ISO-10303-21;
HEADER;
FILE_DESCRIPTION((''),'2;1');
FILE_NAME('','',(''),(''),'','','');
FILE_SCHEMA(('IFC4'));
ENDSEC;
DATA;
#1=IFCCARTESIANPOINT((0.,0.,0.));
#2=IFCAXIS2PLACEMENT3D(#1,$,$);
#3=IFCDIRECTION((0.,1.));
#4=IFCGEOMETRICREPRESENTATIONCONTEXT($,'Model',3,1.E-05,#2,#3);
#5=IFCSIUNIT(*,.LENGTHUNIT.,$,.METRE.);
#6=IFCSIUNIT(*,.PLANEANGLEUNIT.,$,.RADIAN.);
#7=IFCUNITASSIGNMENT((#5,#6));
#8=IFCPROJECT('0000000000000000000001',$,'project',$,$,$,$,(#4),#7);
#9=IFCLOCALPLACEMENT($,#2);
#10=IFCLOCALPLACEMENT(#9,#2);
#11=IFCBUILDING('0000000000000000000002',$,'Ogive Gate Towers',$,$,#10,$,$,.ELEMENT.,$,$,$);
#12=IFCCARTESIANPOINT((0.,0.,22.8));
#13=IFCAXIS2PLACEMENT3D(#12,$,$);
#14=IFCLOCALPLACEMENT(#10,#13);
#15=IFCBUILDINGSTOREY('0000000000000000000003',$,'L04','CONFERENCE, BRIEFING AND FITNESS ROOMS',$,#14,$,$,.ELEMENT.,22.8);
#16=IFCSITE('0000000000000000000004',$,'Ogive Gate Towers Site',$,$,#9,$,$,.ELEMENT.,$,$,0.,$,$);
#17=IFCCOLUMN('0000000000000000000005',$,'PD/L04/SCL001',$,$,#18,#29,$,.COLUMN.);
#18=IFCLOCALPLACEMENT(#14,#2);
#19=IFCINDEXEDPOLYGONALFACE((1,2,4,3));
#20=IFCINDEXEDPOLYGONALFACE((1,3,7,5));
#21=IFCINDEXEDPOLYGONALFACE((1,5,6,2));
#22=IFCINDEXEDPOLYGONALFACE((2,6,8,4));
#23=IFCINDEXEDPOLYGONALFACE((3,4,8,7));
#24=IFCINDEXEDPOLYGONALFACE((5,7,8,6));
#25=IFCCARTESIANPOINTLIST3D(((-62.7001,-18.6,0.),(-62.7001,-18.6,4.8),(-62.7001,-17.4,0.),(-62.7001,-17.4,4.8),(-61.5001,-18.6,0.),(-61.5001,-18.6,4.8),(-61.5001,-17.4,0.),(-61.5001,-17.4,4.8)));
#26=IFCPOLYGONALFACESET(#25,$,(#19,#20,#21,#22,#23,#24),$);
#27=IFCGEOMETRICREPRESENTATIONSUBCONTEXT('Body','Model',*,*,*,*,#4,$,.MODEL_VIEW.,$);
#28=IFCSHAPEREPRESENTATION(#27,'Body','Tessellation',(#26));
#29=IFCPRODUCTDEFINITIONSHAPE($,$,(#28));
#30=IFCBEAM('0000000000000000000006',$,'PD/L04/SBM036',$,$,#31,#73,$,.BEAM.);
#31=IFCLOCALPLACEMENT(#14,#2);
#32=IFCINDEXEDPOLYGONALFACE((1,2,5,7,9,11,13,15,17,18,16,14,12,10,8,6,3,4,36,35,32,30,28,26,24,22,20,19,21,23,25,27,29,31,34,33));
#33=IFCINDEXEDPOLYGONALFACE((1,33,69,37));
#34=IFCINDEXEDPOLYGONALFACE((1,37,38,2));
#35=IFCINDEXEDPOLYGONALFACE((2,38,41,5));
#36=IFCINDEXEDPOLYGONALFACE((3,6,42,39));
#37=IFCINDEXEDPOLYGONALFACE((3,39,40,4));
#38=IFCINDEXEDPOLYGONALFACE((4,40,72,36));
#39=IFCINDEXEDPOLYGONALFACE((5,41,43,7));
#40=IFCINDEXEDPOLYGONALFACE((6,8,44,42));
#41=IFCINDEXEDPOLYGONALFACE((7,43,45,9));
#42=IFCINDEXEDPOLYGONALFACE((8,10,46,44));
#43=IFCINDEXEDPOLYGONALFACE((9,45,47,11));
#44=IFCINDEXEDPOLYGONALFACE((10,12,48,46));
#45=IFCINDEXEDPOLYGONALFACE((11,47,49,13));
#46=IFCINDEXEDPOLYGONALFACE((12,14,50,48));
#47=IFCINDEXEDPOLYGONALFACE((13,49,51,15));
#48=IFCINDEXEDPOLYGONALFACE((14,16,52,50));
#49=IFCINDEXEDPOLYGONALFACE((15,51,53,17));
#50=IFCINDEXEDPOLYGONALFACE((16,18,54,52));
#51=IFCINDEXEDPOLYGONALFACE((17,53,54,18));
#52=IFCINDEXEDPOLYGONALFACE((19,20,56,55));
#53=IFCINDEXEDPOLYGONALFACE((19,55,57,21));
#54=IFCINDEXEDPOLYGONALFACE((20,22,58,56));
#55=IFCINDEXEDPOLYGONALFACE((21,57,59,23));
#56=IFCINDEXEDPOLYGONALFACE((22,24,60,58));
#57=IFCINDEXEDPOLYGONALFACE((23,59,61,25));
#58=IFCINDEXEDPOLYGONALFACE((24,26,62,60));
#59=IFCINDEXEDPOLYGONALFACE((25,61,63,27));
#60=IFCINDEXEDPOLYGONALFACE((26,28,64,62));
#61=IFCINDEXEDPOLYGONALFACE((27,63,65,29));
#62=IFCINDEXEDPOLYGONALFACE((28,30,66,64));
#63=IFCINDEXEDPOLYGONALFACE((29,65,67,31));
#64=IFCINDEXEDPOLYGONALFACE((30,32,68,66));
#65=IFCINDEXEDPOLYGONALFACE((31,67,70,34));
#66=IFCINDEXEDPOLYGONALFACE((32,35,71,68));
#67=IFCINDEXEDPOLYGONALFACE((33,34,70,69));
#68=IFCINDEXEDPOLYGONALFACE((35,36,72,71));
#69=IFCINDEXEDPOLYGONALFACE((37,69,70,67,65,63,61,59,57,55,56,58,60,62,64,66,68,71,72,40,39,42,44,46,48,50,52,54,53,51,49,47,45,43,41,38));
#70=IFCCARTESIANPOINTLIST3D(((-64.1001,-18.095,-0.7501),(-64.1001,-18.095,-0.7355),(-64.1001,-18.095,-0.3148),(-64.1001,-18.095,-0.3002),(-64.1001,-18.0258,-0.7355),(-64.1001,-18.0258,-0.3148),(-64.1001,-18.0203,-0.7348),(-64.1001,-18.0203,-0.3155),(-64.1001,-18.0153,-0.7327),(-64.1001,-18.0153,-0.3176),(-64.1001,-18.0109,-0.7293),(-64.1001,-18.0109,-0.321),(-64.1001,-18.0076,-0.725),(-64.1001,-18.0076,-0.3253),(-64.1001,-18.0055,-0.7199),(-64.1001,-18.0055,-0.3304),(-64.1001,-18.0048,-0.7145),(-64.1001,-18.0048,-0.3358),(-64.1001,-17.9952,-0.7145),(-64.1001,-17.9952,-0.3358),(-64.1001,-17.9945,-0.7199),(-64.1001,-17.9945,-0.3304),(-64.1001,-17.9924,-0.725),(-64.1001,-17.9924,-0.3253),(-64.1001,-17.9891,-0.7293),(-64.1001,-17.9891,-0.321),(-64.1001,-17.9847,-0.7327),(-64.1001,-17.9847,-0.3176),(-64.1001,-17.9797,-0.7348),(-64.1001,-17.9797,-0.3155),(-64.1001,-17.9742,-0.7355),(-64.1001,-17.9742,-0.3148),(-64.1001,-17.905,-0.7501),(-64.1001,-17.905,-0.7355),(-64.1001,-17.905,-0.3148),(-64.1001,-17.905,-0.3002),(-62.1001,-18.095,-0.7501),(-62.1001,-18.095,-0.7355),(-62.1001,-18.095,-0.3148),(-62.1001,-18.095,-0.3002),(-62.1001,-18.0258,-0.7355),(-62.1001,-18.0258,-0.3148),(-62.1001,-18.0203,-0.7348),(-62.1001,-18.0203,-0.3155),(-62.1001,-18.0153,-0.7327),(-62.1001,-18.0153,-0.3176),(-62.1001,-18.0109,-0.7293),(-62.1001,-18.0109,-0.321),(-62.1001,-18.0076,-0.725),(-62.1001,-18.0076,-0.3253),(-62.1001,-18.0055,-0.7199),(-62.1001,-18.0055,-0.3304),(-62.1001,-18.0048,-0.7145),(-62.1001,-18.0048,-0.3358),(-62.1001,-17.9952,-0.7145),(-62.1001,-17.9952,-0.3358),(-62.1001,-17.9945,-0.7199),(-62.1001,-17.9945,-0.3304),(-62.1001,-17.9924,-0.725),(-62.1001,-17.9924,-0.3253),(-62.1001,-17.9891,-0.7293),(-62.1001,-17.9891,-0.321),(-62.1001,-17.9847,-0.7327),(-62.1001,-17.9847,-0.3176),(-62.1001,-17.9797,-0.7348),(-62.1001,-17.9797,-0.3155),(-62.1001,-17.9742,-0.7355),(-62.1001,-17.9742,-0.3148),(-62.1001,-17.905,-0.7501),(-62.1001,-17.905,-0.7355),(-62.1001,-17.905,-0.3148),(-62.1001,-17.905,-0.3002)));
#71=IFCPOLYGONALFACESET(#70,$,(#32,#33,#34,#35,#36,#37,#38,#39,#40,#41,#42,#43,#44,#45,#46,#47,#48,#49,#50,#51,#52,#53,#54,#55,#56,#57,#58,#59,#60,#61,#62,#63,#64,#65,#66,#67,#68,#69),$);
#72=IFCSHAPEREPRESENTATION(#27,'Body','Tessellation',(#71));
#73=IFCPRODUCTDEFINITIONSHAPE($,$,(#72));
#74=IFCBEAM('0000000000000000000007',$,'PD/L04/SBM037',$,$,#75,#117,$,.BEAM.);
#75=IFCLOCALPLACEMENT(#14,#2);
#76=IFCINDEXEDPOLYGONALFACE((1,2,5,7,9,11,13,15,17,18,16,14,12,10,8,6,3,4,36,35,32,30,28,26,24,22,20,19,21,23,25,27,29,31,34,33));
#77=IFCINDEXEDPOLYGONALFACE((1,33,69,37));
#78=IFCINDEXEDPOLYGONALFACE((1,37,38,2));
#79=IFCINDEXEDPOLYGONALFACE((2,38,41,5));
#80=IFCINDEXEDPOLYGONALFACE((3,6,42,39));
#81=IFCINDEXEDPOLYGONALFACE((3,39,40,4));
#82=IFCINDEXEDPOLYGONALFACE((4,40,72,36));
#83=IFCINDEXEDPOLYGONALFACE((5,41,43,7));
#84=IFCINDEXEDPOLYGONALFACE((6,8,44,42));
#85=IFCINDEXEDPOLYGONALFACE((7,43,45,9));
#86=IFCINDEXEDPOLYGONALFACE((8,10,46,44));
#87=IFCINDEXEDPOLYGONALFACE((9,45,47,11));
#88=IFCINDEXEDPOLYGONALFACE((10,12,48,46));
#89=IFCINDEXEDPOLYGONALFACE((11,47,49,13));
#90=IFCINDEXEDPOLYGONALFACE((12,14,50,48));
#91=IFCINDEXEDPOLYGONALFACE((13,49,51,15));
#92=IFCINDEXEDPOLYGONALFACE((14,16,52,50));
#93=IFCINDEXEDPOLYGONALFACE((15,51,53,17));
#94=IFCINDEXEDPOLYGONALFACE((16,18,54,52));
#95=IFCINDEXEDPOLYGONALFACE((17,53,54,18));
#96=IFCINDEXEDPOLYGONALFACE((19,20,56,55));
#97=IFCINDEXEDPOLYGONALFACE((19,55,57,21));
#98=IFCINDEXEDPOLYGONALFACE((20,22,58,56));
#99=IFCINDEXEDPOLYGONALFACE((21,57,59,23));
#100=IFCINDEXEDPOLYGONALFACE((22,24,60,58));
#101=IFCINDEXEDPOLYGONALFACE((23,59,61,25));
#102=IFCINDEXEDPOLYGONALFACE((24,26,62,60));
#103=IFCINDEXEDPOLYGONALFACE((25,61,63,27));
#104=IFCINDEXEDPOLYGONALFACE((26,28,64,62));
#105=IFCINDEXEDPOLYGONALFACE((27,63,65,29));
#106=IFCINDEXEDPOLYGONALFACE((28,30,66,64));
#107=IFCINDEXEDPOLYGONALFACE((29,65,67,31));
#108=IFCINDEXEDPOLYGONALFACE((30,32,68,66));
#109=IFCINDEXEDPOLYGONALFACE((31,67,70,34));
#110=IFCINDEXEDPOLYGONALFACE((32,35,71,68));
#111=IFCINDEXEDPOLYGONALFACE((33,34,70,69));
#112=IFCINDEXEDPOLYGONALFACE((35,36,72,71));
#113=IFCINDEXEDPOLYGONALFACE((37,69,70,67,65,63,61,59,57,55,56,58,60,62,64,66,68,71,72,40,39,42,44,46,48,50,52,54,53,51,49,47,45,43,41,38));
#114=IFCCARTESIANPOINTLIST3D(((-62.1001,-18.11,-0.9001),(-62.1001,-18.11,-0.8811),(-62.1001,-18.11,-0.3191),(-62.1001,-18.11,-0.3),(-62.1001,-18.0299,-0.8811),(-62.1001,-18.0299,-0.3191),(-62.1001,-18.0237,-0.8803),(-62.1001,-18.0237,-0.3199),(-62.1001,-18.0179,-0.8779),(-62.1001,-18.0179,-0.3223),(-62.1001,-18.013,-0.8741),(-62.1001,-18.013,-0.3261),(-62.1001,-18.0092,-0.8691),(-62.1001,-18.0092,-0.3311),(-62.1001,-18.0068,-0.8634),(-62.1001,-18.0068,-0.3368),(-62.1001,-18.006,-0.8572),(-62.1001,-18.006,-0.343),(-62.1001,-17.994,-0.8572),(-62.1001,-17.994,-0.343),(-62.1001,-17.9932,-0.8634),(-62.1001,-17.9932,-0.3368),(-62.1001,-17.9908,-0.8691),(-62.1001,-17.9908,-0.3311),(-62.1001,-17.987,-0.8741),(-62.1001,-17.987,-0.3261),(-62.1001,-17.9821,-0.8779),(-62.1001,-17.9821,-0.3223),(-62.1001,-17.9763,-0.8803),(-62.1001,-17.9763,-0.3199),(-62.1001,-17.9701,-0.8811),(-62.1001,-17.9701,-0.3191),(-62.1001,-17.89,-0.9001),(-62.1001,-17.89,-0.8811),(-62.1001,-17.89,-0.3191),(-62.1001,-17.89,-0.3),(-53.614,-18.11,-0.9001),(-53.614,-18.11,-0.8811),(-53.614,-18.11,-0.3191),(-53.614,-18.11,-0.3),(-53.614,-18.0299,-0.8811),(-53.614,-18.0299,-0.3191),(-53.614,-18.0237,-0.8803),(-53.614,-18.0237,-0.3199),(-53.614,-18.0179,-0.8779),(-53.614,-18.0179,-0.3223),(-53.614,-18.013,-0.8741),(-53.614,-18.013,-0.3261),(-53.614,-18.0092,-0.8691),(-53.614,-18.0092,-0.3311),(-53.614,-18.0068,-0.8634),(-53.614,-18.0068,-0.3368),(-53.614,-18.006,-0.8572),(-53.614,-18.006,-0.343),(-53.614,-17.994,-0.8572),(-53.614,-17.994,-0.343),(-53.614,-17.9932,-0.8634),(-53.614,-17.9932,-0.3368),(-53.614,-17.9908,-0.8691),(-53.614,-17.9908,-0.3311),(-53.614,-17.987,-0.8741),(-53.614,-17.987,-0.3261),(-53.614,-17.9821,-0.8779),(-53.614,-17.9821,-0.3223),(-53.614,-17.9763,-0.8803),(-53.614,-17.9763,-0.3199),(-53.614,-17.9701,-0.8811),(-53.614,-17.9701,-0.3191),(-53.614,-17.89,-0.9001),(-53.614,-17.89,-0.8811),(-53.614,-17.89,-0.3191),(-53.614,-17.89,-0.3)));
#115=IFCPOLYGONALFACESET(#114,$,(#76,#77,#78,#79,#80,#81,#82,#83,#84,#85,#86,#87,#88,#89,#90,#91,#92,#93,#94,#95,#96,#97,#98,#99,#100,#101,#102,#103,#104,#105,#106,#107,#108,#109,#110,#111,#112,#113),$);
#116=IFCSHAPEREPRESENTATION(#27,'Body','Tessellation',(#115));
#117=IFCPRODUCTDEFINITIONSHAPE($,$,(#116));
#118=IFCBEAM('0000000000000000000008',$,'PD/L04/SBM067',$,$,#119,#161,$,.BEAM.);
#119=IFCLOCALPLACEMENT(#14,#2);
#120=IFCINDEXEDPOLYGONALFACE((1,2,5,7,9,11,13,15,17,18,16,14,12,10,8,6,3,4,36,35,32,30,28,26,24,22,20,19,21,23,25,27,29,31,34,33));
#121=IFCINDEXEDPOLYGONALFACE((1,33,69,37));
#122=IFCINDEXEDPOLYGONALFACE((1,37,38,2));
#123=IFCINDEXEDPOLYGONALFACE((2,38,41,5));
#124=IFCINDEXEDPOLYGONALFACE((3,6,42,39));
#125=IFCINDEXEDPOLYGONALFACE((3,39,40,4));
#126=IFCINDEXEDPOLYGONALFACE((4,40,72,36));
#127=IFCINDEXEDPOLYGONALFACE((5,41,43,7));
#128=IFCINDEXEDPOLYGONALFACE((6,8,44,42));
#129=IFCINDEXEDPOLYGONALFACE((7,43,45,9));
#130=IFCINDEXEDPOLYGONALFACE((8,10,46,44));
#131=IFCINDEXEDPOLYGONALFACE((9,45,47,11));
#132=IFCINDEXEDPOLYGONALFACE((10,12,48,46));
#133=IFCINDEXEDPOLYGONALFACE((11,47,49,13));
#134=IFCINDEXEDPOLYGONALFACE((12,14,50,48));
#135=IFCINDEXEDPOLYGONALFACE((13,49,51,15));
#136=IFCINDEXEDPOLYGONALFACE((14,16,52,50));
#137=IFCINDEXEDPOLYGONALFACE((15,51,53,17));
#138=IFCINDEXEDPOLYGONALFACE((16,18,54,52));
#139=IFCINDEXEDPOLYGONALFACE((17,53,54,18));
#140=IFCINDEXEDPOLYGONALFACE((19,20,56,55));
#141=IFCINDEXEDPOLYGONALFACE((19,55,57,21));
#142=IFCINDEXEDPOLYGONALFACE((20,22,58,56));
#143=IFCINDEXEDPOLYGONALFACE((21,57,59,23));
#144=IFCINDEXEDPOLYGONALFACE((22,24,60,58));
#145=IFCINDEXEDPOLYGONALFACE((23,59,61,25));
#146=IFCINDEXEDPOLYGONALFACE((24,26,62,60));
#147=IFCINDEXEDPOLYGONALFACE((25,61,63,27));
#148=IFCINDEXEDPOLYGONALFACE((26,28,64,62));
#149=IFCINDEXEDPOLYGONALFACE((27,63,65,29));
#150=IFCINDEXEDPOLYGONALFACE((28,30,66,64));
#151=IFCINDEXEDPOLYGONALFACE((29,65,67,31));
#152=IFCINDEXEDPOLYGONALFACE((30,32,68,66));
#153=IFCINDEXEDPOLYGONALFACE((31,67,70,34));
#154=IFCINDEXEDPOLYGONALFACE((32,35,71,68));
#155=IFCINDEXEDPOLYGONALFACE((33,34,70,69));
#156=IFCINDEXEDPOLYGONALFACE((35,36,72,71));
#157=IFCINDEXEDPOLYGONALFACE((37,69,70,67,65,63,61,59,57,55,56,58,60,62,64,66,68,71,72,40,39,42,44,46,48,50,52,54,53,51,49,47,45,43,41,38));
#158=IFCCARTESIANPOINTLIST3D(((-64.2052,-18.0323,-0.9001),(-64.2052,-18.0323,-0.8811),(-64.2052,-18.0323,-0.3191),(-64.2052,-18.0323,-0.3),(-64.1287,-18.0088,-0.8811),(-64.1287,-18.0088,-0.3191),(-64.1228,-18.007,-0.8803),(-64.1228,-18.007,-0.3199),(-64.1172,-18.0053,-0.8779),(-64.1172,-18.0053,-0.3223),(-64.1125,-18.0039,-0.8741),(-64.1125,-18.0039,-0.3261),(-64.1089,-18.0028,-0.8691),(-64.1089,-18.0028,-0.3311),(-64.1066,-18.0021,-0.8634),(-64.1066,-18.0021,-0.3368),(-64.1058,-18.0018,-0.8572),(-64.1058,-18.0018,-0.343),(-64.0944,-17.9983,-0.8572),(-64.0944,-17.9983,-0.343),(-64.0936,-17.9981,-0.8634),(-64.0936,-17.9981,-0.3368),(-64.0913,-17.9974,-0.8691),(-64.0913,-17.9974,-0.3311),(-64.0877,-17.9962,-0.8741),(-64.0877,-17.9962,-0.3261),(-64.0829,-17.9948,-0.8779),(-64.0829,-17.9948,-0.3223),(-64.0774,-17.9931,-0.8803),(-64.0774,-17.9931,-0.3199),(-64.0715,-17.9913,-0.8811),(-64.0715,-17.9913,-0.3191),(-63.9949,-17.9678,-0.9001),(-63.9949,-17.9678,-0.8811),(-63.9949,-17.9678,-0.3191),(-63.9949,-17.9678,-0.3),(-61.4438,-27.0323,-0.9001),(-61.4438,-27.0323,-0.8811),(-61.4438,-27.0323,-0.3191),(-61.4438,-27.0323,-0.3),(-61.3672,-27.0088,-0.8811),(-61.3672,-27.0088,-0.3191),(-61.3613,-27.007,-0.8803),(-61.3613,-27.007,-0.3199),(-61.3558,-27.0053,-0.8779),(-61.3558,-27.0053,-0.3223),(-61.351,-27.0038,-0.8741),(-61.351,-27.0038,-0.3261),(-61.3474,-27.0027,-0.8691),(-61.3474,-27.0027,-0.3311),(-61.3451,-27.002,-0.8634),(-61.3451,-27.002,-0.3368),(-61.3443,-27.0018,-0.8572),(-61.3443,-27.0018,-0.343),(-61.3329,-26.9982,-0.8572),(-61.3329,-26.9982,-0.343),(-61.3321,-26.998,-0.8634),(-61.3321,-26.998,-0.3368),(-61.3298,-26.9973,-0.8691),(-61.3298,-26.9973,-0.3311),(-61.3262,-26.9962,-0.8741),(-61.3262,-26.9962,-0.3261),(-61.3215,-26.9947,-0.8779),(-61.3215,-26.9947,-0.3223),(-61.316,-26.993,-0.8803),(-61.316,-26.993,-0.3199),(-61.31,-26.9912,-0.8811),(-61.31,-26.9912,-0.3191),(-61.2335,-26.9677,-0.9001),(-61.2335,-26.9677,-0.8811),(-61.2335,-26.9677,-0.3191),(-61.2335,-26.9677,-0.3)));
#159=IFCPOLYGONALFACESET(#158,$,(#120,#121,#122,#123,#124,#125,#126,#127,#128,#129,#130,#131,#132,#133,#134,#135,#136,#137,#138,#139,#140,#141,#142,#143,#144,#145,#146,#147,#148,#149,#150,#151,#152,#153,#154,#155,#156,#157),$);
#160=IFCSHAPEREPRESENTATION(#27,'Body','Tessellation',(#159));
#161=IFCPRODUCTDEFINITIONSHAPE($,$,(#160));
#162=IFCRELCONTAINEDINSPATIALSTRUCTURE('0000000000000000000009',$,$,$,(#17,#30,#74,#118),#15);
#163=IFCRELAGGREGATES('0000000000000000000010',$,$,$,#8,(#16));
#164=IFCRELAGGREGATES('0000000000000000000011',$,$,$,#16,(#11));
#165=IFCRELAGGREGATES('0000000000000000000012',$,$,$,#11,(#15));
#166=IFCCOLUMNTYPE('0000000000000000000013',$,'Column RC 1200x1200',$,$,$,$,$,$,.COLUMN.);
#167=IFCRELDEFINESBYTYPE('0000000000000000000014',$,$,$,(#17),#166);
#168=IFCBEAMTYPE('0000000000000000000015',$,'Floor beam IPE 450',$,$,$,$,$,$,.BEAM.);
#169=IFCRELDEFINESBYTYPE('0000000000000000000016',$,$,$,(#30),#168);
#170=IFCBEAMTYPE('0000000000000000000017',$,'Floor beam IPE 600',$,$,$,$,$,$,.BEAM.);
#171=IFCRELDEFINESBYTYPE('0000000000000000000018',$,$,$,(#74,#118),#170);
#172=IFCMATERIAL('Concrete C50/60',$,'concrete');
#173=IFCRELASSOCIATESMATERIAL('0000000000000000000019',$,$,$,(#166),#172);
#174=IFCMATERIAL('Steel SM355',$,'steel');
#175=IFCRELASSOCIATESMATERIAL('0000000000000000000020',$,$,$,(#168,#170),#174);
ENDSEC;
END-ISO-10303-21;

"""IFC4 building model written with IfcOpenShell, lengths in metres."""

from ifc_helpers import new_model, si_unit, direction, frame, origin, origin_2d, place, context, subcontext, project, spatial, rectangle, i_section, extrude, material, material_profile, profile_set, type_object, element, save


model = new_model("IFC4")

# Units and contexts
model_context = context("Model", 3, precision=1e-05, world=origin(), true_north=direction((0.0, 1.0)))
body_context = subcontext(model_context, "Body", "Model", "MODEL_VIEW")
ifc_project = project(units=[si_unit("LENGTHUNIT", "METRE"), si_unit("PLANEANGLEUNIT", "RADIAN")], contexts=[model_context])

# Site, building, storey
site_placement = place(None, origin())
site = spatial("IfcSite", under=ifc_project, at=site_placement, Name="Ogive Gate Towers Site", CompositionType="ELEMENT", RefElevation=0.0)
building_placement = place(site_placement, origin())
building = spatial("IfcBuilding", under=site, at=building_placement, Name="Ogive Gate Towers", CompositionType="ELEMENT")
storey_placement = place(building_placement, frame((0.0, 0.0, 22.8)))
storey = spatial("IfcBuildingStorey", under=building, at=storey_placement, Name="L04", Description="CONFERENCE, BRIEFING AND FITNESS ROOMS", CompositionType="ELEMENT", Elevation=22.8)

# Column
ifc_material_1 = material(Name="Concrete C50/60", Category="concrete")
ifc_material_profile_1 = material_profile(ifc_material_1, rectangle(XDim=1.2, YDim=1.2, at=origin_2d()), Name="RC 1200x1200")
ifc_profile_set_1 = profile_set([ifc_material_profile_1], Name="Concrete C50/60")
column_type = type_object("IfcColumnType", Name="Column RC 1200x1200", PredefinedType="COLUMN", material=ifc_profile_set_1)
column_placement = place(storey_placement, frame((-62.1001, -18.0, 0.0), z_axis=(0.0, 0.0, 1.0), x_axis=(1.0, 0.0, 0.0)))
element("IfcColumn", 1, at=column_placement, inside=storey, type_object=column_type, Name="PD/L04/SCL001", PredefinedType="COLUMN", context=body_context, shape_type="SweptSolid", body=[
    extrude(rectangle(XDim=1.2, YDim=1.2, at=origin_2d()), origin(), (0.0, 0.0, 1.0), 4.8),
])

# Beams
ifc_material_2 = material(Name="Steel SM355", Category="steel")
ifc_material_profile_2 = material_profile(ifc_material_2, i_section(OverallWidth=0.1899, OverallDepth=0.45, WebThickness=0.0095, FlangeThickness=0.0146, FilletRadius=0.021, at=origin_2d()), Name="IPE 450")
ifc_profile_set_2 = profile_set([ifc_material_profile_2], Name="Steel SM355")
beam_type_1 = type_object("IfcBeamType", Name="Floor beam IPE 450", PredefinedType="BEAM", material=ifc_profile_set_2)
beam_1_placement = place(storey_placement, frame((-64.1001, -18.0, -0.5251), z_axis=(1.0, 0.0, 0.0), x_axis=(0.0, 1.0, 0.0)))
element("IfcBeam", 2, at=beam_1_placement, inside=storey, type_object=beam_type_1, Name="PD/L04/SBM036", PredefinedType="BEAM", context=body_context, shape_type="SweptSolid", body=[
    extrude(i_section(OverallWidth=0.1899, OverallDepth=0.45, WebThickness=0.0095, FlangeThickness=0.0146, FilletRadius=0.021, at=origin_2d()), origin(), (0.0, 0.0, 1.0), 2.0),
])
ifc_material_profile_3 = material_profile(ifc_material_2, i_section(OverallWidth=0.22, OverallDepth=0.6001, WebThickness=0.012, FlangeThickness=0.019, FilletRadius=0.0239, at=origin_2d()), Name="IPE 600")
ifc_profile_set_3 = profile_set([ifc_material_profile_3], Name="Steel SM355")
beam_type_2 = type_object("IfcBeamType", Name="Floor beam IPE 600", PredefinedType="BEAM", material=ifc_profile_set_3)
beam_2_placement = place(storey_placement, frame((-62.1001, -18.0, -0.6001), z_axis=(1.0, 0.0, 0.0), x_axis=(0.0, 1.0, 0.0)))
element("IfcBeam", 3, at=beam_2_placement, inside=storey, type_object=beam_type_2, Name="PD/L04/SBM037", PredefinedType="BEAM", context=body_context, shape_type="SweptSolid", body=[
    extrude(i_section(OverallWidth=0.22, OverallDepth=0.6001, WebThickness=0.012, FlangeThickness=0.019, FilletRadius=0.0239, at=origin_2d()), origin(), (0.0, 0.0, 1.0), 8.4861),
])
beam_3_placement = place(storey_placement, frame((-61.3386, -27.0, -0.6001), z_axis=(-0.293333, 0.95601, 0.0), x_axis=(-0.95601, -0.293333, 0.0)))
element("IfcBeam", 4, at=beam_3_placement, inside=storey, type_object=beam_type_2, Name="PD/L04/SBM067", PredefinedType="BEAM", context=body_context, shape_type="SweptSolid", body=[
    extrude(i_section(OverallWidth=0.22, OverallDepth=0.6001, WebThickness=0.012, FlangeThickness=0.019, FilletRadius=0.0239, at=origin_2d()), origin(), (0.0, 0.0, 1.0), 9.4141),
])

save(model, "model.ifc")
